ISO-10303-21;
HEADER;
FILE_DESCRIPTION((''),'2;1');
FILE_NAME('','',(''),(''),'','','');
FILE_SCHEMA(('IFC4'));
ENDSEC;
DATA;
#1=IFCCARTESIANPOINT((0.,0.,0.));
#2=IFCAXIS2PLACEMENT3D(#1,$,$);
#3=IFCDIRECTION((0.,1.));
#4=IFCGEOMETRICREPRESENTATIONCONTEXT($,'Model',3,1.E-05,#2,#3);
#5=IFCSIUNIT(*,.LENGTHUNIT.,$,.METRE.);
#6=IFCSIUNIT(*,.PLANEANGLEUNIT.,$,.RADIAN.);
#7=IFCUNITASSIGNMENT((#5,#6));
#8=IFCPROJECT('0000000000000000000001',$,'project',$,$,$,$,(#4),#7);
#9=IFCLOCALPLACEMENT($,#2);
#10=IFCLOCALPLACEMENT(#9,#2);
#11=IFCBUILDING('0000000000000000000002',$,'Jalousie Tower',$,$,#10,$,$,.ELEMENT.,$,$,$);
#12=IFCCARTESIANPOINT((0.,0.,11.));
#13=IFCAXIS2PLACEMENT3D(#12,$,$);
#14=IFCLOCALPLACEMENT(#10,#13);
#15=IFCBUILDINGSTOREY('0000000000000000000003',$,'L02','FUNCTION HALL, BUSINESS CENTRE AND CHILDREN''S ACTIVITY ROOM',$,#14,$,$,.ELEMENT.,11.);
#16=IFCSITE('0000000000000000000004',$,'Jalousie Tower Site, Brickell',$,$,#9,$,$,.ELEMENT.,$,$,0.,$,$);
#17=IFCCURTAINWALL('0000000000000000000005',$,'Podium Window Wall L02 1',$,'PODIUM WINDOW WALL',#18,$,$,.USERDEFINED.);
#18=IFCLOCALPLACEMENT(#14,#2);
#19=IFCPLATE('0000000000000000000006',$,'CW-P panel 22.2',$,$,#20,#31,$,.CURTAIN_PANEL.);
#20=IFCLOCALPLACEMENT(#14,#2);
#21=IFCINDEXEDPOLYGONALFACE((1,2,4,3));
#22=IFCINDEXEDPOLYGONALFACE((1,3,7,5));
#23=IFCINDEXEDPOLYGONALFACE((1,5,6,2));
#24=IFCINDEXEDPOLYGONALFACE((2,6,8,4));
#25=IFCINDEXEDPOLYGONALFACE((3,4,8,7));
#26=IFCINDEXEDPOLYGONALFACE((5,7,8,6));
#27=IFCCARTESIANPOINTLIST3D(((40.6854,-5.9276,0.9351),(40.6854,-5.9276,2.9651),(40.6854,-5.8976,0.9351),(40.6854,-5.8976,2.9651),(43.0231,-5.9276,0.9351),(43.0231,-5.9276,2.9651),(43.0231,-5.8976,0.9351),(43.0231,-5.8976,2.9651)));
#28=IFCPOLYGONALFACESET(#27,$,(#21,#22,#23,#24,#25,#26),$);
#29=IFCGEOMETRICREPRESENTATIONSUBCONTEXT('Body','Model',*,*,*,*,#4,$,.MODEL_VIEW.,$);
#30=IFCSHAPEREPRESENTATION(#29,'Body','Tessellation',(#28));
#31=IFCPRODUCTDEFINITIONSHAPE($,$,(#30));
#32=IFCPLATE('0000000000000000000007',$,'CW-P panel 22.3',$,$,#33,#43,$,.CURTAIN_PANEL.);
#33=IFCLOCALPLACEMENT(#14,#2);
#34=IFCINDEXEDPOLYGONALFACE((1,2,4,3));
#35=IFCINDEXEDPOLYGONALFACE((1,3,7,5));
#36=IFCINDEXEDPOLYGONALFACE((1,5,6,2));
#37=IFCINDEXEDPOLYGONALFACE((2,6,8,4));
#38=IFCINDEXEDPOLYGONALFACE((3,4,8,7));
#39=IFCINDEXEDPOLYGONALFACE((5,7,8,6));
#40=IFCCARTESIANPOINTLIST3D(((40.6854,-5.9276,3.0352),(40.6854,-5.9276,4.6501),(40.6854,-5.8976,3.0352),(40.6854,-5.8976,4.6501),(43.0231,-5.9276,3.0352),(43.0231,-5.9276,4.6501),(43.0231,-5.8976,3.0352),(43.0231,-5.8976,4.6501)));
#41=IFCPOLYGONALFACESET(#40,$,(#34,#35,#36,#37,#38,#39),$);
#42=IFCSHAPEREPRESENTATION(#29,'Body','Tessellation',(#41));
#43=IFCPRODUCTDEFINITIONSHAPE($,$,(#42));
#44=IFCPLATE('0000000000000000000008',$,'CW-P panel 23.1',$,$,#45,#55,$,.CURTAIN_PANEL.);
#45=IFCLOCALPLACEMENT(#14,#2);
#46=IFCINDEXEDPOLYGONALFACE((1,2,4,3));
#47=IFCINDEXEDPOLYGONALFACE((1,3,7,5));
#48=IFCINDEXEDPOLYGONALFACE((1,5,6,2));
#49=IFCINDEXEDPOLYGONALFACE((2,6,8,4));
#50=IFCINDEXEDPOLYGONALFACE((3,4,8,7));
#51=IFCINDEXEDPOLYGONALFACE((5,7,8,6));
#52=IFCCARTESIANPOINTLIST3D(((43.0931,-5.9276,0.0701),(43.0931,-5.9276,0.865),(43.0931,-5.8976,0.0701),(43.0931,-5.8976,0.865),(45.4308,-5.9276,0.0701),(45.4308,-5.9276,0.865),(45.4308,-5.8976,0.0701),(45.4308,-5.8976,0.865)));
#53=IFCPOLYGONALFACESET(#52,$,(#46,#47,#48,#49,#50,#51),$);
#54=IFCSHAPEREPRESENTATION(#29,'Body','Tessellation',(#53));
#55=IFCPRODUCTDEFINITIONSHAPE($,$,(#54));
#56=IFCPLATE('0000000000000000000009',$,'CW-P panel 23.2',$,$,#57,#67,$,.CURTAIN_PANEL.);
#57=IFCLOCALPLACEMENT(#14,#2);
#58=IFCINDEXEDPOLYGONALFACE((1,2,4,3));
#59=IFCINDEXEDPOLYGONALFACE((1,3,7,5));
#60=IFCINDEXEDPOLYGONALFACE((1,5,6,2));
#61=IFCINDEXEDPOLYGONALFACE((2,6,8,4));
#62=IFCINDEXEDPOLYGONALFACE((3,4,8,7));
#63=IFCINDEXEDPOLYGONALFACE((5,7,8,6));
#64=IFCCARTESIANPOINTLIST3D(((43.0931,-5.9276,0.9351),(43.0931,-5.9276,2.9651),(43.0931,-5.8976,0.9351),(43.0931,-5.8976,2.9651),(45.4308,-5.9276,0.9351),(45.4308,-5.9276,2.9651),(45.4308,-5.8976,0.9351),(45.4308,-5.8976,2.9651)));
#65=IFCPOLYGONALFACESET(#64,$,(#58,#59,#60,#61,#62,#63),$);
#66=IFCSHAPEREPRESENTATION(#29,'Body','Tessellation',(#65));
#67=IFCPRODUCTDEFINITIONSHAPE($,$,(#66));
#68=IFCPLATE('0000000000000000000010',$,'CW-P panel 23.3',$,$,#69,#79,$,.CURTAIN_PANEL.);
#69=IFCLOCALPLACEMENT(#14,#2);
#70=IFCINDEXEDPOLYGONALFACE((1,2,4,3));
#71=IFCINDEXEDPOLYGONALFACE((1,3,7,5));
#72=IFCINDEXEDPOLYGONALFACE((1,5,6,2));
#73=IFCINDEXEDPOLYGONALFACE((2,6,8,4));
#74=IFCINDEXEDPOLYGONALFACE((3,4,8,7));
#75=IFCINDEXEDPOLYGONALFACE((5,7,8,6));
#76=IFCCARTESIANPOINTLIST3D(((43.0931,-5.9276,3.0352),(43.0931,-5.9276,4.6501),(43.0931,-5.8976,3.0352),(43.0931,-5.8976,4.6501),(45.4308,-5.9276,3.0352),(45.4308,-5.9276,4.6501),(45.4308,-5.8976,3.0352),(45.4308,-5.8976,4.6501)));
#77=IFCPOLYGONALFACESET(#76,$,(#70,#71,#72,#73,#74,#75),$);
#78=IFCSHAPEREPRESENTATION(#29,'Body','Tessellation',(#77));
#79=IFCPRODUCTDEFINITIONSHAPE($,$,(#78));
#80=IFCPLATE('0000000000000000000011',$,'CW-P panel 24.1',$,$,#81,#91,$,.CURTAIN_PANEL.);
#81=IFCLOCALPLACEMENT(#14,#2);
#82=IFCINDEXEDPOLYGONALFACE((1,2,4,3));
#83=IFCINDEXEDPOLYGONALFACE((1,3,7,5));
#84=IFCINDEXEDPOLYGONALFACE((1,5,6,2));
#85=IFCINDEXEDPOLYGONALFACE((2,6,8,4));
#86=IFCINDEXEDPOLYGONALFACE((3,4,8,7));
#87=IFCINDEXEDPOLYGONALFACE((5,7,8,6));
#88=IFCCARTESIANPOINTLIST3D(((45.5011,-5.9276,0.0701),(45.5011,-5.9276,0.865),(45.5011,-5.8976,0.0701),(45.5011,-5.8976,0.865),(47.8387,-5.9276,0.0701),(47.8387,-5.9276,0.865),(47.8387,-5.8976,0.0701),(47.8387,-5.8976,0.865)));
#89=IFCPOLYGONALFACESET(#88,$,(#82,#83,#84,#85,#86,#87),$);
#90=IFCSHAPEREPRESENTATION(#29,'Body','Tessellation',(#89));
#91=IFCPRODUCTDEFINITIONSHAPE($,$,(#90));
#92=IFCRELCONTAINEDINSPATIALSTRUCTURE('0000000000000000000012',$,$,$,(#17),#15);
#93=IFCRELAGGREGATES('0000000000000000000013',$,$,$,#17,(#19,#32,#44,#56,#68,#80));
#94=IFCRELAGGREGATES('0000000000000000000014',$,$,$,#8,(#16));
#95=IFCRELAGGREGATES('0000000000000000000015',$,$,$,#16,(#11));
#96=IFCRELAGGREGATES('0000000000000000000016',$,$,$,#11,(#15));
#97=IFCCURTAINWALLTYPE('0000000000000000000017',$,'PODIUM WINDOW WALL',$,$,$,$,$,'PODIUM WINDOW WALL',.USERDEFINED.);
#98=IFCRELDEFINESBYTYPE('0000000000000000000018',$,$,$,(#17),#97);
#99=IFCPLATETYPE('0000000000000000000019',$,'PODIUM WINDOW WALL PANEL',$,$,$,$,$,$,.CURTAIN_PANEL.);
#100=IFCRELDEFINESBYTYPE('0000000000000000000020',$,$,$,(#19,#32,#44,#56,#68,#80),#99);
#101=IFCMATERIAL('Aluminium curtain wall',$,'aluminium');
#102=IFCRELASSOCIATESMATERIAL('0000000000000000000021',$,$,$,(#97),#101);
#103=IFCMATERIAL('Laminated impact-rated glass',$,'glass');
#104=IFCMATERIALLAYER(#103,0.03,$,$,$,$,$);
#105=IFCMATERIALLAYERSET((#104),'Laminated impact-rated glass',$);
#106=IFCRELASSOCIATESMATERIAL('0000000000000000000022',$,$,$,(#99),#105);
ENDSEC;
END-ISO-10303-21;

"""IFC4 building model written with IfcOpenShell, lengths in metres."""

from ifc_helpers import new_model, si_unit, direction, frame, origin, origin_2d, place, context, subcontext, project, spatial, rectangle, extrude, material, layer, layer_set, type_object, element, aggregate, save


model = new_model("IFC4")

# Units and contexts
model_context = context("Model", 3, precision=1e-05, world=origin(), true_north=direction((0.0, 1.0)))
body_context = subcontext(model_context, "Body", "Model", "MODEL_VIEW")
ifc_project = project(units=[si_unit("LENGTHUNIT", "METRE"), si_unit("PLANEANGLEUNIT", "RADIAN")], contexts=[model_context])

# Site, building, storey
site_placement = place(None, origin())
site = spatial("IfcSite", under=ifc_project, at=site_placement, Name="Jalousie Tower Site, Brickell", CompositionType="ELEMENT", RefElevation=0.0)
building_placement = place(site_placement, origin())
building = spatial("IfcBuilding", under=site, at=building_placement, Name="Jalousie Tower", CompositionType="ELEMENT")
storey_placement = place(building_placement, frame((0.0, 0.0, 11.0)))
storey = spatial("IfcBuildingStorey", under=building, at=storey_placement, Name="L02", Description="FUNCTION HALL, BUSINESS CENTRE AND CHILDREN'S ACTIVITY ROOM", CompositionType="ELEMENT", Elevation=11.0)

# Curtain wall, plates
ifc_material_1 = material(Name="Aluminium curtain wall", Category="aluminium")
curtain_wall_type = type_object("IfcCurtainWallType", Name="PODIUM WINDOW WALL", ElementType="PODIUM WINDOW WALL", PredefinedType="USERDEFINED", material=ifc_material_1)
curtain_wall_placement = place(storey_placement, origin())
curtain_wall = element("IfcCurtainWall", 1, at=curtain_wall_placement, inside=storey, type_object=curtain_wall_type, Name="Podium Window Wall L02 1", ObjectType="PODIUM WINDOW WALL", PredefinedType="USERDEFINED")
ifc_material_2 = material(Name="Laminated impact-rated glass", Category="glass")
ifc_layer = layer(ifc_material_2, 0.03)
ifc_layer_set = layer_set([ifc_layer], Name="Laminated impact-rated glass")
plate_type = type_object("IfcPlateType", Name="PODIUM WINDOW WALL PANEL", PredefinedType="CURTAIN_PANEL", material=ifc_layer_set)
plate_1_placement = place(storey_placement, frame((41.8542, -5.9126, 0.9351), z_axis=(0.0, 0.0, 1.0), x_axis=(1.0, 0.0, 0.0)))
plate_1 = element("IfcPlate", 2, at=plate_1_placement, type_object=plate_type, Name="CW-P panel 22.2", PredefinedType="CURTAIN_PANEL", context=body_context, shape_type="SweptSolid", body=[
    extrude(rectangle(XDim=2.3376, YDim=0.03, at=origin_2d()), origin(), (0.0, 0.0, 1.0), 2.03),
])
plate_2_placement = place(storey_placement, frame((41.8542, -5.9126, 3.0352), z_axis=(0.0, 0.0, 1.0), x_axis=(1.0, 0.0, 0.0)))
plate_2 = element("IfcPlate", 3, at=plate_2_placement, type_object=plate_type, Name="CW-P panel 22.3", PredefinedType="CURTAIN_PANEL", context=body_context, shape_type="SweptSolid", body=[
    extrude(rectangle(XDim=2.3376, YDim=0.03, at=origin_2d()), origin(), (0.0, 0.0, 1.0), 1.615),
])
plate_3_placement = place(storey_placement, frame((44.262, -5.9126, 0.0701), z_axis=(0.0, 0.0, 1.0), x_axis=(1.0, 0.0, 0.0)))
plate_3 = element("IfcPlate", 4, at=plate_3_placement, type_object=plate_type, Name="CW-P panel 23.1", PredefinedType="CURTAIN_PANEL", context=body_context, shape_type="SweptSolid", body=[
    extrude(rectangle(XDim=2.3376, YDim=0.03, at=origin_2d()), origin(), (0.0, 0.0, 1.0), 0.7949),
])
plate_4_placement = place(storey_placement, frame((44.262, -5.9126, 0.9351), z_axis=(0.0, 0.0, 1.0), x_axis=(1.0, 0.0, 0.0)))
plate_4 = element("IfcPlate", 5, at=plate_4_placement, type_object=plate_type, Name="CW-P panel 23.2", PredefinedType="CURTAIN_PANEL", context=body_context, shape_type="SweptSolid", body=[
    extrude(rectangle(XDim=2.3376, YDim=0.03, at=origin_2d()), origin(), (0.0, 0.0, 1.0), 2.03),
])
plate_5_placement = place(storey_placement, frame((44.262, -5.9126, 3.0352), z_axis=(0.0, 0.0, 1.0), x_axis=(1.0, 0.0, 0.0)))
plate_5 = element("IfcPlate", 6, at=plate_5_placement, type_object=plate_type, Name="CW-P panel 23.3", PredefinedType="CURTAIN_PANEL", context=body_context, shape_type="SweptSolid", body=[
    extrude(rectangle(XDim=2.3376, YDim=0.03, at=origin_2d()), origin(), (0.0, 0.0, 1.0), 1.615),
])
plate_6_placement = place(storey_placement, frame((46.6699, -5.9126, 0.0701), z_axis=(0.0, 0.0, 1.0), x_axis=(1.0, 0.0, 0.0)))
plate_6 = element("IfcPlate", 7, at=plate_6_placement, type_object=plate_type, Name="CW-P panel 24.1", PredefinedType="CURTAIN_PANEL", context=body_context, shape_type="SweptSolid", body=[
    extrude(rectangle(XDim=2.3376, YDim=0.03, at=origin_2d()), origin(), (0.0, 0.0, 1.0), 0.7949),
])
aggregate(curtain_wall, [plate_1, plate_2, plate_3, plate_4, plate_5, plate_6])

save(model, "model.ifc")
